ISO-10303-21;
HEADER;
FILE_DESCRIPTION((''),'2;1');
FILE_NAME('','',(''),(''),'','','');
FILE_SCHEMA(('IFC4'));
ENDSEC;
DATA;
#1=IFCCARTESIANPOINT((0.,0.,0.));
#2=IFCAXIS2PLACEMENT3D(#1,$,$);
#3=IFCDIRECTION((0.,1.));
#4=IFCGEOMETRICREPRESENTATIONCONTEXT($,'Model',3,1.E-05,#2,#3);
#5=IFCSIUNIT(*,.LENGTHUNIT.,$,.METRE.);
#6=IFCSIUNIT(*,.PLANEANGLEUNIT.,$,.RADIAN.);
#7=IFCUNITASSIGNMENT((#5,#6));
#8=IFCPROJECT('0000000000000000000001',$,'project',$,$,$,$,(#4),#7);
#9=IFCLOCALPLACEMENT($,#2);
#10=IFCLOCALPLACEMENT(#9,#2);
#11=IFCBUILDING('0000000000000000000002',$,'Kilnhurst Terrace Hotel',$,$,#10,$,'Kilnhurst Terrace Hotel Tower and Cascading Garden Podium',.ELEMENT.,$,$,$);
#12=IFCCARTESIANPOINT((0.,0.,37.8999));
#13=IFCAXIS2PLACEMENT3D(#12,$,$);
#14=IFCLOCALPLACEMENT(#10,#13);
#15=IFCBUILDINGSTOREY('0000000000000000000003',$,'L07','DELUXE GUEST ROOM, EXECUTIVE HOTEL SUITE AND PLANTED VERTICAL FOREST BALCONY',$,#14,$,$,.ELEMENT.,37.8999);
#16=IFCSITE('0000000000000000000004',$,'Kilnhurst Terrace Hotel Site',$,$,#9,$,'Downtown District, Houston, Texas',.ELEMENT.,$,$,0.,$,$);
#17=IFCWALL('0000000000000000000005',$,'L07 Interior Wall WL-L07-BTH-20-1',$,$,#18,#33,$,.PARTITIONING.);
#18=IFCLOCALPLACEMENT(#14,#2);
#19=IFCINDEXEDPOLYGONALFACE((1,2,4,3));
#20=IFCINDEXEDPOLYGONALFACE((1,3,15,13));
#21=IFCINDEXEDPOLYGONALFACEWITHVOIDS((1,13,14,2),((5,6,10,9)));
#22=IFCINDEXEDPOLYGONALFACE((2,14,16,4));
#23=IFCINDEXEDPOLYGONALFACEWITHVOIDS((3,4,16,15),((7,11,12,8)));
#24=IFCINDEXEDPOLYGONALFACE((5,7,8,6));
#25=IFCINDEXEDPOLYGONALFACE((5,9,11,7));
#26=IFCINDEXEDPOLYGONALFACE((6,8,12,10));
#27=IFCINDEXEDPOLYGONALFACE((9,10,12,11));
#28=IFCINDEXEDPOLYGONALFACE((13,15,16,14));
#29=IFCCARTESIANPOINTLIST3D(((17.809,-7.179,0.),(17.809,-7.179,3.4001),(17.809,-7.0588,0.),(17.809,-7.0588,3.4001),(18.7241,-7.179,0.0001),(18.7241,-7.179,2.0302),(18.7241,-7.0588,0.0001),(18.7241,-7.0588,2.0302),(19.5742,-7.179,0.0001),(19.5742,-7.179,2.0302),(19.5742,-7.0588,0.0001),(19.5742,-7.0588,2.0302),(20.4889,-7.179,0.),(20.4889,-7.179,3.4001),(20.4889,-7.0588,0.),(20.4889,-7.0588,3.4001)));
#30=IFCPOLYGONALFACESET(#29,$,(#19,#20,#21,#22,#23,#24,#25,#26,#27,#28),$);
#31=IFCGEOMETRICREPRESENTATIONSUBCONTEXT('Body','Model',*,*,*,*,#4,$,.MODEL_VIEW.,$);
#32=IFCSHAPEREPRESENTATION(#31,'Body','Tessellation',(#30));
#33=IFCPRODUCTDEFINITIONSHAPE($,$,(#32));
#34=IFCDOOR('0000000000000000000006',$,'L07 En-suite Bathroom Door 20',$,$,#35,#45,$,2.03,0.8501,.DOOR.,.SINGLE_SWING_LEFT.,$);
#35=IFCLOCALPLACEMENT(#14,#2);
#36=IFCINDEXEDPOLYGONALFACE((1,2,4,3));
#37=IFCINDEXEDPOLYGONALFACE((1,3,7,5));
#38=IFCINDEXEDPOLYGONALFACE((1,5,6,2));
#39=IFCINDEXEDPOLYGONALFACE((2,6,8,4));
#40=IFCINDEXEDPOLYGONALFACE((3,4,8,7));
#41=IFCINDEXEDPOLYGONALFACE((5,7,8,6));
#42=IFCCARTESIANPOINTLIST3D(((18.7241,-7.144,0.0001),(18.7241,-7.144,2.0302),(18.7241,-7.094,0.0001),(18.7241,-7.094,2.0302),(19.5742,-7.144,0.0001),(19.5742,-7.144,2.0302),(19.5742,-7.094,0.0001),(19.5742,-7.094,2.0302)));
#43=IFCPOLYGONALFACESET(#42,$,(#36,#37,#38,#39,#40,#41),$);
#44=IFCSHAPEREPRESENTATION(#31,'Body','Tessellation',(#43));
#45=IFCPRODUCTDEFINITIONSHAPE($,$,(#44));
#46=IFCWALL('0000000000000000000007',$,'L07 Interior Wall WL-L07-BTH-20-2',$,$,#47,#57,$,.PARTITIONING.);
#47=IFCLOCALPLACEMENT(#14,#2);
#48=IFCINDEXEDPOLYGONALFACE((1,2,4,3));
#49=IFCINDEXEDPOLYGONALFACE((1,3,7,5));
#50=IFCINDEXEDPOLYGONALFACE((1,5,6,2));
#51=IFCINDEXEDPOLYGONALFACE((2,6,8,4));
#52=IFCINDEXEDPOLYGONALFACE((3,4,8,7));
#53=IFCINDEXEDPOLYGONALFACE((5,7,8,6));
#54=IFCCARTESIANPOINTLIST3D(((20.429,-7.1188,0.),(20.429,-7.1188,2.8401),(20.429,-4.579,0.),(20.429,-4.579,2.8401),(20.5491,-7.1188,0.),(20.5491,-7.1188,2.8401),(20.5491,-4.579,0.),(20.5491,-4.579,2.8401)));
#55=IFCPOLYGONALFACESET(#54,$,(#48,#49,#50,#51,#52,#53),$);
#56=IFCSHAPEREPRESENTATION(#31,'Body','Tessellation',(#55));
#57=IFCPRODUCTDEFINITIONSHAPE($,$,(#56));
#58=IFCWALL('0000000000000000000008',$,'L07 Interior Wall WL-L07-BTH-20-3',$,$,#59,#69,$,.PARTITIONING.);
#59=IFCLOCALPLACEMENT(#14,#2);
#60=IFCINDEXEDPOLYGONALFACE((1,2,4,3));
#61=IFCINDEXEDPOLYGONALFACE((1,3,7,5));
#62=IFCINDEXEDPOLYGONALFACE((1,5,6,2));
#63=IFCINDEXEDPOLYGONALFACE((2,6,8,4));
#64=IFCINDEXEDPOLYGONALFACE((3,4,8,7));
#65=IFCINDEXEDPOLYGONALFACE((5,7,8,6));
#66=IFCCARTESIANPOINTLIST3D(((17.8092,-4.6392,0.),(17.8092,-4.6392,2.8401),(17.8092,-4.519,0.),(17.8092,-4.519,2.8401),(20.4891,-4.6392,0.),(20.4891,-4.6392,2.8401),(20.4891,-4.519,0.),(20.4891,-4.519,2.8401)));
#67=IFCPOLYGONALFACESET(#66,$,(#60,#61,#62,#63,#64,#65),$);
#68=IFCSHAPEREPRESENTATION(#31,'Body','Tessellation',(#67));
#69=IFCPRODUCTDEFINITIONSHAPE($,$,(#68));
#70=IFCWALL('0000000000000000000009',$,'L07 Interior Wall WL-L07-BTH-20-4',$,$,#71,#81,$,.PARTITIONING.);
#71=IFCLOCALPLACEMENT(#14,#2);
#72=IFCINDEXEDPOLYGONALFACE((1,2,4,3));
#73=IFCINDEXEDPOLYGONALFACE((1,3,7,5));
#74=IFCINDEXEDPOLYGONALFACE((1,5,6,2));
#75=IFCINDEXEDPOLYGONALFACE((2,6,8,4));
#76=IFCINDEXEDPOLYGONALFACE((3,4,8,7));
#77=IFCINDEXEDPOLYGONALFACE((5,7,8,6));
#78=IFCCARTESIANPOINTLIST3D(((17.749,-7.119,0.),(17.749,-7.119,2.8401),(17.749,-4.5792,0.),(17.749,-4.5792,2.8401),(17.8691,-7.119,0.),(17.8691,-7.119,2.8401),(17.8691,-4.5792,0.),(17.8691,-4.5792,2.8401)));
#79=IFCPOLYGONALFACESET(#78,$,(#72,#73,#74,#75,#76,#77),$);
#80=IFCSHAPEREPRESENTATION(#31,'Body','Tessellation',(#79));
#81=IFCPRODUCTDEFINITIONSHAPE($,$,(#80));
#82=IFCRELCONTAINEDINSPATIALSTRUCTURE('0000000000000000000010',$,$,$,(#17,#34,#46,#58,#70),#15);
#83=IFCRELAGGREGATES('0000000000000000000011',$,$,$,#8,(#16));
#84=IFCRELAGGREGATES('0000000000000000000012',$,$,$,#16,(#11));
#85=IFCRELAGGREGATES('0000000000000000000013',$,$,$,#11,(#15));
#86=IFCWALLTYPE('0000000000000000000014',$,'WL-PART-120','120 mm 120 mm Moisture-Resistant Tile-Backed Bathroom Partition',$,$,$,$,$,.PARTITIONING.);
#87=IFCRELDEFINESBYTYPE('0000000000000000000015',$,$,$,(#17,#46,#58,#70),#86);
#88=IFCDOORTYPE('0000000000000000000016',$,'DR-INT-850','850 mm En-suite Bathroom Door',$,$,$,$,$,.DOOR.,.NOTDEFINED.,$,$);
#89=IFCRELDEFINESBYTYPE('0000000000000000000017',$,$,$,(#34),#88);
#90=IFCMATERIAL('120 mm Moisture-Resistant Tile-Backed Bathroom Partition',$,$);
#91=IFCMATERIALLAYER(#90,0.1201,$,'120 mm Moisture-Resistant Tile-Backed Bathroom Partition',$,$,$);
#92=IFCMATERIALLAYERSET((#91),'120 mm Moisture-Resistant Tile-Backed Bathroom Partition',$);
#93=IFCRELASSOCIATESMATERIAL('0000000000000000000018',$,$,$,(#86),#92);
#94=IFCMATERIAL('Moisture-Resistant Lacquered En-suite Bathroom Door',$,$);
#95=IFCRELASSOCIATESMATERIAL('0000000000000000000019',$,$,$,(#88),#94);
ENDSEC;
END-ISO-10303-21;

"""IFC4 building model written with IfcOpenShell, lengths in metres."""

from ifc_helpers import new_model, si_unit, direction, frame, frame_2d, origin, place, context, subcontext, project, spatial, rectangle, extrude, material, layer, layer_set, type_object, element, fill, save


model = new_model("IFC4")

# Units and contexts
model_context = context("Model", 3, precision=1e-05, world=origin(), true_north=direction((0.0, 1.0)))
body_context = subcontext(model_context, "Body", "Model", "MODEL_VIEW")
ifc_project = project(units=[si_unit("LENGTHUNIT", "METRE"), si_unit("PLANEANGLEUNIT", "RADIAN")], contexts=[model_context])

# Site, building, storey
site_placement = place(None, origin())
site = spatial("IfcSite", under=ifc_project, at=site_placement, Name="Kilnhurst Terrace Hotel Site", LongName="Downtown District, Houston, Texas", CompositionType="ELEMENT", RefElevation=0.0)
building_placement = place(site_placement, origin())
building = spatial("IfcBuilding", under=site, at=building_placement, Name="Kilnhurst Terrace Hotel", LongName="Kilnhurst Terrace Hotel Tower and Cascading Garden Podium", CompositionType="ELEMENT")
storey_placement = place(building_placement, frame((0.0, 0.0, 37.8999)))
storey = spatial("IfcBuildingStorey", under=building, at=storey_placement, Name="L07", Description="DELUXE GUEST ROOM, EXECUTIVE HOTEL SUITE AND PLANTED VERTICAL FOREST BALCONY", CompositionType="ELEMENT", Elevation=37.8999)

# Wall, opening, door
ifc_material_1 = material(Name="120 mm Moisture-Resistant Tile-Backed Bathroom Partition")
ifc_layer_1 = layer(ifc_material_1, 0.1201, Name="120 mm Moisture-Resistant Tile-Backed Bathroom Partition")
ifc_layer_set_1 = layer_set([ifc_layer_1], Name="120 mm Moisture-Resistant Tile-Backed Bathroom Partition")
wall_type_1 = type_object("IfcWallType", Name="WL-PART-120", Description="120 mm 120 mm Moisture-Resistant Tile-Backed Bathroom Partition", PredefinedType="PARTITIONING", material=ifc_layer_set_1)
wall_1_placement = place(storey_placement, frame((17.8091, -7.1189, 0.0), z_axis=(0.0, 0.0, 1.0), x_axis=(1.0, 0.0, 0.0)))
wall_1 = element("IfcWall", 1, at=wall_1_placement, inside=storey, type_object=wall_type_1, Name="L07 Interior Wall WL-L07-BTH-20-1", PredefinedType="PARTITIONING", context=body_context, shape_type="SweptSolid", body=[
    extrude(rectangle(XDim=2.6799, YDim=0.1201, at=frame_2d((1.3398, 0.0))), origin(), (0.0, 0.0, 1.0), 3.4001),
])
opening_1_placement = place(wall_1_placement, frame((0.915, 0.0, 0.0)))
opening_1 = element("IfcOpeningElement", 2, at=opening_1_placement, cuts=wall_1, PredefinedType="OPENING", context=body_context, shape_type="SweptSolid", body=[
    extrude(rectangle(XDim=0.8501, YDim=2.03, at=frame_2d((0.425, 1.0151))), frame((0.0, 0.0701, 0.0), z_axis=(0.0, -1.0, 0.0), x_axis=(1.0, 0.0, 0.0)), (0.0, 0.0, 1.0), 0.1401),
])
ifc_material_2 = material(Name="Moisture-Resistant Lacquered En-suite Bathroom Door")
door_type_1 = type_object("IfcDoorType", Name="DR-INT-850", Description="850 mm En-suite Bathroom Door", OperationType="NOTDEFINED", PredefinedType="DOOR", material=ifc_material_2)
door_1_placement = place(opening_1_placement, origin())
door_1 = element("IfcDoor", 3, at=door_1_placement, inside=storey, type_object=door_type_1, Name="L07 En-suite Bathroom Door 20", OperationType="SINGLE_SWING_LEFT", OverallHeight=2.03, OverallWidth=0.8501, PredefinedType="DOOR", context=body_context, shape_type="SweptSolid", body=[
    extrude(rectangle(XDim=0.8501, YDim=2.03, at=frame_2d((0.425, 1.0151))), frame((0.0, 0.0249, 0.0), z_axis=(0.0, -1.0, 0.0), x_axis=(1.0, 0.0, 0.0)), (0.0, 0.0, 1.0), 0.05),
])
fill(opening_1, door_1)

# Walls
wall_2_placement = place(storey_placement, frame((20.489, -7.1189, 0.0), z_axis=(0.0, 0.0, 1.0), x_axis=(0.0, 1.0, 0.0)))
element("IfcWall", 4, at=wall_2_placement, inside=storey, type_object=wall_type_1, Name="L07 Interior Wall WL-L07-BTH-20-2", PredefinedType="PARTITIONING", context=body_context, shape_type="SweptSolid", body=[
    extrude(rectangle(XDim=2.5398, YDim=0.1201, at=frame_2d((1.27, 0.0))), origin(), (0.0, 0.0, 1.0), 2.8401),
])
wall_3_placement = place(storey_placement, frame((20.489, -4.5791, 0.0), z_axis=(0.0, 0.0, 1.0), x_axis=(-1.0, 0.0, 0.0)))
element("IfcWall", 5, at=wall_3_placement, inside=storey, type_object=wall_type_1, Name="L07 Interior Wall WL-L07-BTH-20-3", PredefinedType="PARTITIONING", context=body_context, shape_type="SweptSolid", body=[
    extrude(rectangle(XDim=2.6799, YDim=0.1201, at=frame_2d((1.3398, 0.0))), origin(), (0.0, 0.0, 1.0), 2.8401),
])
wall_4_placement = place(storey_placement, frame((17.8091, -4.5791, 0.0), z_axis=(0.0, 0.0, 1.0), x_axis=(0.0, -1.0, 0.0)))
element("IfcWall", 6, at=wall_4_placement, inside=storey, type_object=wall_type_1, Name="L07 Interior Wall WL-L07-BTH-20-4", PredefinedType="PARTITIONING", context=body_context, shape_type="SweptSolid", body=[
    extrude(rectangle(XDim=2.5398, YDim=0.1201, at=frame_2d((1.27, 0.0))), origin(), (0.0, 0.0, 1.0), 2.8401),
])

save(model, "model.ifc")
